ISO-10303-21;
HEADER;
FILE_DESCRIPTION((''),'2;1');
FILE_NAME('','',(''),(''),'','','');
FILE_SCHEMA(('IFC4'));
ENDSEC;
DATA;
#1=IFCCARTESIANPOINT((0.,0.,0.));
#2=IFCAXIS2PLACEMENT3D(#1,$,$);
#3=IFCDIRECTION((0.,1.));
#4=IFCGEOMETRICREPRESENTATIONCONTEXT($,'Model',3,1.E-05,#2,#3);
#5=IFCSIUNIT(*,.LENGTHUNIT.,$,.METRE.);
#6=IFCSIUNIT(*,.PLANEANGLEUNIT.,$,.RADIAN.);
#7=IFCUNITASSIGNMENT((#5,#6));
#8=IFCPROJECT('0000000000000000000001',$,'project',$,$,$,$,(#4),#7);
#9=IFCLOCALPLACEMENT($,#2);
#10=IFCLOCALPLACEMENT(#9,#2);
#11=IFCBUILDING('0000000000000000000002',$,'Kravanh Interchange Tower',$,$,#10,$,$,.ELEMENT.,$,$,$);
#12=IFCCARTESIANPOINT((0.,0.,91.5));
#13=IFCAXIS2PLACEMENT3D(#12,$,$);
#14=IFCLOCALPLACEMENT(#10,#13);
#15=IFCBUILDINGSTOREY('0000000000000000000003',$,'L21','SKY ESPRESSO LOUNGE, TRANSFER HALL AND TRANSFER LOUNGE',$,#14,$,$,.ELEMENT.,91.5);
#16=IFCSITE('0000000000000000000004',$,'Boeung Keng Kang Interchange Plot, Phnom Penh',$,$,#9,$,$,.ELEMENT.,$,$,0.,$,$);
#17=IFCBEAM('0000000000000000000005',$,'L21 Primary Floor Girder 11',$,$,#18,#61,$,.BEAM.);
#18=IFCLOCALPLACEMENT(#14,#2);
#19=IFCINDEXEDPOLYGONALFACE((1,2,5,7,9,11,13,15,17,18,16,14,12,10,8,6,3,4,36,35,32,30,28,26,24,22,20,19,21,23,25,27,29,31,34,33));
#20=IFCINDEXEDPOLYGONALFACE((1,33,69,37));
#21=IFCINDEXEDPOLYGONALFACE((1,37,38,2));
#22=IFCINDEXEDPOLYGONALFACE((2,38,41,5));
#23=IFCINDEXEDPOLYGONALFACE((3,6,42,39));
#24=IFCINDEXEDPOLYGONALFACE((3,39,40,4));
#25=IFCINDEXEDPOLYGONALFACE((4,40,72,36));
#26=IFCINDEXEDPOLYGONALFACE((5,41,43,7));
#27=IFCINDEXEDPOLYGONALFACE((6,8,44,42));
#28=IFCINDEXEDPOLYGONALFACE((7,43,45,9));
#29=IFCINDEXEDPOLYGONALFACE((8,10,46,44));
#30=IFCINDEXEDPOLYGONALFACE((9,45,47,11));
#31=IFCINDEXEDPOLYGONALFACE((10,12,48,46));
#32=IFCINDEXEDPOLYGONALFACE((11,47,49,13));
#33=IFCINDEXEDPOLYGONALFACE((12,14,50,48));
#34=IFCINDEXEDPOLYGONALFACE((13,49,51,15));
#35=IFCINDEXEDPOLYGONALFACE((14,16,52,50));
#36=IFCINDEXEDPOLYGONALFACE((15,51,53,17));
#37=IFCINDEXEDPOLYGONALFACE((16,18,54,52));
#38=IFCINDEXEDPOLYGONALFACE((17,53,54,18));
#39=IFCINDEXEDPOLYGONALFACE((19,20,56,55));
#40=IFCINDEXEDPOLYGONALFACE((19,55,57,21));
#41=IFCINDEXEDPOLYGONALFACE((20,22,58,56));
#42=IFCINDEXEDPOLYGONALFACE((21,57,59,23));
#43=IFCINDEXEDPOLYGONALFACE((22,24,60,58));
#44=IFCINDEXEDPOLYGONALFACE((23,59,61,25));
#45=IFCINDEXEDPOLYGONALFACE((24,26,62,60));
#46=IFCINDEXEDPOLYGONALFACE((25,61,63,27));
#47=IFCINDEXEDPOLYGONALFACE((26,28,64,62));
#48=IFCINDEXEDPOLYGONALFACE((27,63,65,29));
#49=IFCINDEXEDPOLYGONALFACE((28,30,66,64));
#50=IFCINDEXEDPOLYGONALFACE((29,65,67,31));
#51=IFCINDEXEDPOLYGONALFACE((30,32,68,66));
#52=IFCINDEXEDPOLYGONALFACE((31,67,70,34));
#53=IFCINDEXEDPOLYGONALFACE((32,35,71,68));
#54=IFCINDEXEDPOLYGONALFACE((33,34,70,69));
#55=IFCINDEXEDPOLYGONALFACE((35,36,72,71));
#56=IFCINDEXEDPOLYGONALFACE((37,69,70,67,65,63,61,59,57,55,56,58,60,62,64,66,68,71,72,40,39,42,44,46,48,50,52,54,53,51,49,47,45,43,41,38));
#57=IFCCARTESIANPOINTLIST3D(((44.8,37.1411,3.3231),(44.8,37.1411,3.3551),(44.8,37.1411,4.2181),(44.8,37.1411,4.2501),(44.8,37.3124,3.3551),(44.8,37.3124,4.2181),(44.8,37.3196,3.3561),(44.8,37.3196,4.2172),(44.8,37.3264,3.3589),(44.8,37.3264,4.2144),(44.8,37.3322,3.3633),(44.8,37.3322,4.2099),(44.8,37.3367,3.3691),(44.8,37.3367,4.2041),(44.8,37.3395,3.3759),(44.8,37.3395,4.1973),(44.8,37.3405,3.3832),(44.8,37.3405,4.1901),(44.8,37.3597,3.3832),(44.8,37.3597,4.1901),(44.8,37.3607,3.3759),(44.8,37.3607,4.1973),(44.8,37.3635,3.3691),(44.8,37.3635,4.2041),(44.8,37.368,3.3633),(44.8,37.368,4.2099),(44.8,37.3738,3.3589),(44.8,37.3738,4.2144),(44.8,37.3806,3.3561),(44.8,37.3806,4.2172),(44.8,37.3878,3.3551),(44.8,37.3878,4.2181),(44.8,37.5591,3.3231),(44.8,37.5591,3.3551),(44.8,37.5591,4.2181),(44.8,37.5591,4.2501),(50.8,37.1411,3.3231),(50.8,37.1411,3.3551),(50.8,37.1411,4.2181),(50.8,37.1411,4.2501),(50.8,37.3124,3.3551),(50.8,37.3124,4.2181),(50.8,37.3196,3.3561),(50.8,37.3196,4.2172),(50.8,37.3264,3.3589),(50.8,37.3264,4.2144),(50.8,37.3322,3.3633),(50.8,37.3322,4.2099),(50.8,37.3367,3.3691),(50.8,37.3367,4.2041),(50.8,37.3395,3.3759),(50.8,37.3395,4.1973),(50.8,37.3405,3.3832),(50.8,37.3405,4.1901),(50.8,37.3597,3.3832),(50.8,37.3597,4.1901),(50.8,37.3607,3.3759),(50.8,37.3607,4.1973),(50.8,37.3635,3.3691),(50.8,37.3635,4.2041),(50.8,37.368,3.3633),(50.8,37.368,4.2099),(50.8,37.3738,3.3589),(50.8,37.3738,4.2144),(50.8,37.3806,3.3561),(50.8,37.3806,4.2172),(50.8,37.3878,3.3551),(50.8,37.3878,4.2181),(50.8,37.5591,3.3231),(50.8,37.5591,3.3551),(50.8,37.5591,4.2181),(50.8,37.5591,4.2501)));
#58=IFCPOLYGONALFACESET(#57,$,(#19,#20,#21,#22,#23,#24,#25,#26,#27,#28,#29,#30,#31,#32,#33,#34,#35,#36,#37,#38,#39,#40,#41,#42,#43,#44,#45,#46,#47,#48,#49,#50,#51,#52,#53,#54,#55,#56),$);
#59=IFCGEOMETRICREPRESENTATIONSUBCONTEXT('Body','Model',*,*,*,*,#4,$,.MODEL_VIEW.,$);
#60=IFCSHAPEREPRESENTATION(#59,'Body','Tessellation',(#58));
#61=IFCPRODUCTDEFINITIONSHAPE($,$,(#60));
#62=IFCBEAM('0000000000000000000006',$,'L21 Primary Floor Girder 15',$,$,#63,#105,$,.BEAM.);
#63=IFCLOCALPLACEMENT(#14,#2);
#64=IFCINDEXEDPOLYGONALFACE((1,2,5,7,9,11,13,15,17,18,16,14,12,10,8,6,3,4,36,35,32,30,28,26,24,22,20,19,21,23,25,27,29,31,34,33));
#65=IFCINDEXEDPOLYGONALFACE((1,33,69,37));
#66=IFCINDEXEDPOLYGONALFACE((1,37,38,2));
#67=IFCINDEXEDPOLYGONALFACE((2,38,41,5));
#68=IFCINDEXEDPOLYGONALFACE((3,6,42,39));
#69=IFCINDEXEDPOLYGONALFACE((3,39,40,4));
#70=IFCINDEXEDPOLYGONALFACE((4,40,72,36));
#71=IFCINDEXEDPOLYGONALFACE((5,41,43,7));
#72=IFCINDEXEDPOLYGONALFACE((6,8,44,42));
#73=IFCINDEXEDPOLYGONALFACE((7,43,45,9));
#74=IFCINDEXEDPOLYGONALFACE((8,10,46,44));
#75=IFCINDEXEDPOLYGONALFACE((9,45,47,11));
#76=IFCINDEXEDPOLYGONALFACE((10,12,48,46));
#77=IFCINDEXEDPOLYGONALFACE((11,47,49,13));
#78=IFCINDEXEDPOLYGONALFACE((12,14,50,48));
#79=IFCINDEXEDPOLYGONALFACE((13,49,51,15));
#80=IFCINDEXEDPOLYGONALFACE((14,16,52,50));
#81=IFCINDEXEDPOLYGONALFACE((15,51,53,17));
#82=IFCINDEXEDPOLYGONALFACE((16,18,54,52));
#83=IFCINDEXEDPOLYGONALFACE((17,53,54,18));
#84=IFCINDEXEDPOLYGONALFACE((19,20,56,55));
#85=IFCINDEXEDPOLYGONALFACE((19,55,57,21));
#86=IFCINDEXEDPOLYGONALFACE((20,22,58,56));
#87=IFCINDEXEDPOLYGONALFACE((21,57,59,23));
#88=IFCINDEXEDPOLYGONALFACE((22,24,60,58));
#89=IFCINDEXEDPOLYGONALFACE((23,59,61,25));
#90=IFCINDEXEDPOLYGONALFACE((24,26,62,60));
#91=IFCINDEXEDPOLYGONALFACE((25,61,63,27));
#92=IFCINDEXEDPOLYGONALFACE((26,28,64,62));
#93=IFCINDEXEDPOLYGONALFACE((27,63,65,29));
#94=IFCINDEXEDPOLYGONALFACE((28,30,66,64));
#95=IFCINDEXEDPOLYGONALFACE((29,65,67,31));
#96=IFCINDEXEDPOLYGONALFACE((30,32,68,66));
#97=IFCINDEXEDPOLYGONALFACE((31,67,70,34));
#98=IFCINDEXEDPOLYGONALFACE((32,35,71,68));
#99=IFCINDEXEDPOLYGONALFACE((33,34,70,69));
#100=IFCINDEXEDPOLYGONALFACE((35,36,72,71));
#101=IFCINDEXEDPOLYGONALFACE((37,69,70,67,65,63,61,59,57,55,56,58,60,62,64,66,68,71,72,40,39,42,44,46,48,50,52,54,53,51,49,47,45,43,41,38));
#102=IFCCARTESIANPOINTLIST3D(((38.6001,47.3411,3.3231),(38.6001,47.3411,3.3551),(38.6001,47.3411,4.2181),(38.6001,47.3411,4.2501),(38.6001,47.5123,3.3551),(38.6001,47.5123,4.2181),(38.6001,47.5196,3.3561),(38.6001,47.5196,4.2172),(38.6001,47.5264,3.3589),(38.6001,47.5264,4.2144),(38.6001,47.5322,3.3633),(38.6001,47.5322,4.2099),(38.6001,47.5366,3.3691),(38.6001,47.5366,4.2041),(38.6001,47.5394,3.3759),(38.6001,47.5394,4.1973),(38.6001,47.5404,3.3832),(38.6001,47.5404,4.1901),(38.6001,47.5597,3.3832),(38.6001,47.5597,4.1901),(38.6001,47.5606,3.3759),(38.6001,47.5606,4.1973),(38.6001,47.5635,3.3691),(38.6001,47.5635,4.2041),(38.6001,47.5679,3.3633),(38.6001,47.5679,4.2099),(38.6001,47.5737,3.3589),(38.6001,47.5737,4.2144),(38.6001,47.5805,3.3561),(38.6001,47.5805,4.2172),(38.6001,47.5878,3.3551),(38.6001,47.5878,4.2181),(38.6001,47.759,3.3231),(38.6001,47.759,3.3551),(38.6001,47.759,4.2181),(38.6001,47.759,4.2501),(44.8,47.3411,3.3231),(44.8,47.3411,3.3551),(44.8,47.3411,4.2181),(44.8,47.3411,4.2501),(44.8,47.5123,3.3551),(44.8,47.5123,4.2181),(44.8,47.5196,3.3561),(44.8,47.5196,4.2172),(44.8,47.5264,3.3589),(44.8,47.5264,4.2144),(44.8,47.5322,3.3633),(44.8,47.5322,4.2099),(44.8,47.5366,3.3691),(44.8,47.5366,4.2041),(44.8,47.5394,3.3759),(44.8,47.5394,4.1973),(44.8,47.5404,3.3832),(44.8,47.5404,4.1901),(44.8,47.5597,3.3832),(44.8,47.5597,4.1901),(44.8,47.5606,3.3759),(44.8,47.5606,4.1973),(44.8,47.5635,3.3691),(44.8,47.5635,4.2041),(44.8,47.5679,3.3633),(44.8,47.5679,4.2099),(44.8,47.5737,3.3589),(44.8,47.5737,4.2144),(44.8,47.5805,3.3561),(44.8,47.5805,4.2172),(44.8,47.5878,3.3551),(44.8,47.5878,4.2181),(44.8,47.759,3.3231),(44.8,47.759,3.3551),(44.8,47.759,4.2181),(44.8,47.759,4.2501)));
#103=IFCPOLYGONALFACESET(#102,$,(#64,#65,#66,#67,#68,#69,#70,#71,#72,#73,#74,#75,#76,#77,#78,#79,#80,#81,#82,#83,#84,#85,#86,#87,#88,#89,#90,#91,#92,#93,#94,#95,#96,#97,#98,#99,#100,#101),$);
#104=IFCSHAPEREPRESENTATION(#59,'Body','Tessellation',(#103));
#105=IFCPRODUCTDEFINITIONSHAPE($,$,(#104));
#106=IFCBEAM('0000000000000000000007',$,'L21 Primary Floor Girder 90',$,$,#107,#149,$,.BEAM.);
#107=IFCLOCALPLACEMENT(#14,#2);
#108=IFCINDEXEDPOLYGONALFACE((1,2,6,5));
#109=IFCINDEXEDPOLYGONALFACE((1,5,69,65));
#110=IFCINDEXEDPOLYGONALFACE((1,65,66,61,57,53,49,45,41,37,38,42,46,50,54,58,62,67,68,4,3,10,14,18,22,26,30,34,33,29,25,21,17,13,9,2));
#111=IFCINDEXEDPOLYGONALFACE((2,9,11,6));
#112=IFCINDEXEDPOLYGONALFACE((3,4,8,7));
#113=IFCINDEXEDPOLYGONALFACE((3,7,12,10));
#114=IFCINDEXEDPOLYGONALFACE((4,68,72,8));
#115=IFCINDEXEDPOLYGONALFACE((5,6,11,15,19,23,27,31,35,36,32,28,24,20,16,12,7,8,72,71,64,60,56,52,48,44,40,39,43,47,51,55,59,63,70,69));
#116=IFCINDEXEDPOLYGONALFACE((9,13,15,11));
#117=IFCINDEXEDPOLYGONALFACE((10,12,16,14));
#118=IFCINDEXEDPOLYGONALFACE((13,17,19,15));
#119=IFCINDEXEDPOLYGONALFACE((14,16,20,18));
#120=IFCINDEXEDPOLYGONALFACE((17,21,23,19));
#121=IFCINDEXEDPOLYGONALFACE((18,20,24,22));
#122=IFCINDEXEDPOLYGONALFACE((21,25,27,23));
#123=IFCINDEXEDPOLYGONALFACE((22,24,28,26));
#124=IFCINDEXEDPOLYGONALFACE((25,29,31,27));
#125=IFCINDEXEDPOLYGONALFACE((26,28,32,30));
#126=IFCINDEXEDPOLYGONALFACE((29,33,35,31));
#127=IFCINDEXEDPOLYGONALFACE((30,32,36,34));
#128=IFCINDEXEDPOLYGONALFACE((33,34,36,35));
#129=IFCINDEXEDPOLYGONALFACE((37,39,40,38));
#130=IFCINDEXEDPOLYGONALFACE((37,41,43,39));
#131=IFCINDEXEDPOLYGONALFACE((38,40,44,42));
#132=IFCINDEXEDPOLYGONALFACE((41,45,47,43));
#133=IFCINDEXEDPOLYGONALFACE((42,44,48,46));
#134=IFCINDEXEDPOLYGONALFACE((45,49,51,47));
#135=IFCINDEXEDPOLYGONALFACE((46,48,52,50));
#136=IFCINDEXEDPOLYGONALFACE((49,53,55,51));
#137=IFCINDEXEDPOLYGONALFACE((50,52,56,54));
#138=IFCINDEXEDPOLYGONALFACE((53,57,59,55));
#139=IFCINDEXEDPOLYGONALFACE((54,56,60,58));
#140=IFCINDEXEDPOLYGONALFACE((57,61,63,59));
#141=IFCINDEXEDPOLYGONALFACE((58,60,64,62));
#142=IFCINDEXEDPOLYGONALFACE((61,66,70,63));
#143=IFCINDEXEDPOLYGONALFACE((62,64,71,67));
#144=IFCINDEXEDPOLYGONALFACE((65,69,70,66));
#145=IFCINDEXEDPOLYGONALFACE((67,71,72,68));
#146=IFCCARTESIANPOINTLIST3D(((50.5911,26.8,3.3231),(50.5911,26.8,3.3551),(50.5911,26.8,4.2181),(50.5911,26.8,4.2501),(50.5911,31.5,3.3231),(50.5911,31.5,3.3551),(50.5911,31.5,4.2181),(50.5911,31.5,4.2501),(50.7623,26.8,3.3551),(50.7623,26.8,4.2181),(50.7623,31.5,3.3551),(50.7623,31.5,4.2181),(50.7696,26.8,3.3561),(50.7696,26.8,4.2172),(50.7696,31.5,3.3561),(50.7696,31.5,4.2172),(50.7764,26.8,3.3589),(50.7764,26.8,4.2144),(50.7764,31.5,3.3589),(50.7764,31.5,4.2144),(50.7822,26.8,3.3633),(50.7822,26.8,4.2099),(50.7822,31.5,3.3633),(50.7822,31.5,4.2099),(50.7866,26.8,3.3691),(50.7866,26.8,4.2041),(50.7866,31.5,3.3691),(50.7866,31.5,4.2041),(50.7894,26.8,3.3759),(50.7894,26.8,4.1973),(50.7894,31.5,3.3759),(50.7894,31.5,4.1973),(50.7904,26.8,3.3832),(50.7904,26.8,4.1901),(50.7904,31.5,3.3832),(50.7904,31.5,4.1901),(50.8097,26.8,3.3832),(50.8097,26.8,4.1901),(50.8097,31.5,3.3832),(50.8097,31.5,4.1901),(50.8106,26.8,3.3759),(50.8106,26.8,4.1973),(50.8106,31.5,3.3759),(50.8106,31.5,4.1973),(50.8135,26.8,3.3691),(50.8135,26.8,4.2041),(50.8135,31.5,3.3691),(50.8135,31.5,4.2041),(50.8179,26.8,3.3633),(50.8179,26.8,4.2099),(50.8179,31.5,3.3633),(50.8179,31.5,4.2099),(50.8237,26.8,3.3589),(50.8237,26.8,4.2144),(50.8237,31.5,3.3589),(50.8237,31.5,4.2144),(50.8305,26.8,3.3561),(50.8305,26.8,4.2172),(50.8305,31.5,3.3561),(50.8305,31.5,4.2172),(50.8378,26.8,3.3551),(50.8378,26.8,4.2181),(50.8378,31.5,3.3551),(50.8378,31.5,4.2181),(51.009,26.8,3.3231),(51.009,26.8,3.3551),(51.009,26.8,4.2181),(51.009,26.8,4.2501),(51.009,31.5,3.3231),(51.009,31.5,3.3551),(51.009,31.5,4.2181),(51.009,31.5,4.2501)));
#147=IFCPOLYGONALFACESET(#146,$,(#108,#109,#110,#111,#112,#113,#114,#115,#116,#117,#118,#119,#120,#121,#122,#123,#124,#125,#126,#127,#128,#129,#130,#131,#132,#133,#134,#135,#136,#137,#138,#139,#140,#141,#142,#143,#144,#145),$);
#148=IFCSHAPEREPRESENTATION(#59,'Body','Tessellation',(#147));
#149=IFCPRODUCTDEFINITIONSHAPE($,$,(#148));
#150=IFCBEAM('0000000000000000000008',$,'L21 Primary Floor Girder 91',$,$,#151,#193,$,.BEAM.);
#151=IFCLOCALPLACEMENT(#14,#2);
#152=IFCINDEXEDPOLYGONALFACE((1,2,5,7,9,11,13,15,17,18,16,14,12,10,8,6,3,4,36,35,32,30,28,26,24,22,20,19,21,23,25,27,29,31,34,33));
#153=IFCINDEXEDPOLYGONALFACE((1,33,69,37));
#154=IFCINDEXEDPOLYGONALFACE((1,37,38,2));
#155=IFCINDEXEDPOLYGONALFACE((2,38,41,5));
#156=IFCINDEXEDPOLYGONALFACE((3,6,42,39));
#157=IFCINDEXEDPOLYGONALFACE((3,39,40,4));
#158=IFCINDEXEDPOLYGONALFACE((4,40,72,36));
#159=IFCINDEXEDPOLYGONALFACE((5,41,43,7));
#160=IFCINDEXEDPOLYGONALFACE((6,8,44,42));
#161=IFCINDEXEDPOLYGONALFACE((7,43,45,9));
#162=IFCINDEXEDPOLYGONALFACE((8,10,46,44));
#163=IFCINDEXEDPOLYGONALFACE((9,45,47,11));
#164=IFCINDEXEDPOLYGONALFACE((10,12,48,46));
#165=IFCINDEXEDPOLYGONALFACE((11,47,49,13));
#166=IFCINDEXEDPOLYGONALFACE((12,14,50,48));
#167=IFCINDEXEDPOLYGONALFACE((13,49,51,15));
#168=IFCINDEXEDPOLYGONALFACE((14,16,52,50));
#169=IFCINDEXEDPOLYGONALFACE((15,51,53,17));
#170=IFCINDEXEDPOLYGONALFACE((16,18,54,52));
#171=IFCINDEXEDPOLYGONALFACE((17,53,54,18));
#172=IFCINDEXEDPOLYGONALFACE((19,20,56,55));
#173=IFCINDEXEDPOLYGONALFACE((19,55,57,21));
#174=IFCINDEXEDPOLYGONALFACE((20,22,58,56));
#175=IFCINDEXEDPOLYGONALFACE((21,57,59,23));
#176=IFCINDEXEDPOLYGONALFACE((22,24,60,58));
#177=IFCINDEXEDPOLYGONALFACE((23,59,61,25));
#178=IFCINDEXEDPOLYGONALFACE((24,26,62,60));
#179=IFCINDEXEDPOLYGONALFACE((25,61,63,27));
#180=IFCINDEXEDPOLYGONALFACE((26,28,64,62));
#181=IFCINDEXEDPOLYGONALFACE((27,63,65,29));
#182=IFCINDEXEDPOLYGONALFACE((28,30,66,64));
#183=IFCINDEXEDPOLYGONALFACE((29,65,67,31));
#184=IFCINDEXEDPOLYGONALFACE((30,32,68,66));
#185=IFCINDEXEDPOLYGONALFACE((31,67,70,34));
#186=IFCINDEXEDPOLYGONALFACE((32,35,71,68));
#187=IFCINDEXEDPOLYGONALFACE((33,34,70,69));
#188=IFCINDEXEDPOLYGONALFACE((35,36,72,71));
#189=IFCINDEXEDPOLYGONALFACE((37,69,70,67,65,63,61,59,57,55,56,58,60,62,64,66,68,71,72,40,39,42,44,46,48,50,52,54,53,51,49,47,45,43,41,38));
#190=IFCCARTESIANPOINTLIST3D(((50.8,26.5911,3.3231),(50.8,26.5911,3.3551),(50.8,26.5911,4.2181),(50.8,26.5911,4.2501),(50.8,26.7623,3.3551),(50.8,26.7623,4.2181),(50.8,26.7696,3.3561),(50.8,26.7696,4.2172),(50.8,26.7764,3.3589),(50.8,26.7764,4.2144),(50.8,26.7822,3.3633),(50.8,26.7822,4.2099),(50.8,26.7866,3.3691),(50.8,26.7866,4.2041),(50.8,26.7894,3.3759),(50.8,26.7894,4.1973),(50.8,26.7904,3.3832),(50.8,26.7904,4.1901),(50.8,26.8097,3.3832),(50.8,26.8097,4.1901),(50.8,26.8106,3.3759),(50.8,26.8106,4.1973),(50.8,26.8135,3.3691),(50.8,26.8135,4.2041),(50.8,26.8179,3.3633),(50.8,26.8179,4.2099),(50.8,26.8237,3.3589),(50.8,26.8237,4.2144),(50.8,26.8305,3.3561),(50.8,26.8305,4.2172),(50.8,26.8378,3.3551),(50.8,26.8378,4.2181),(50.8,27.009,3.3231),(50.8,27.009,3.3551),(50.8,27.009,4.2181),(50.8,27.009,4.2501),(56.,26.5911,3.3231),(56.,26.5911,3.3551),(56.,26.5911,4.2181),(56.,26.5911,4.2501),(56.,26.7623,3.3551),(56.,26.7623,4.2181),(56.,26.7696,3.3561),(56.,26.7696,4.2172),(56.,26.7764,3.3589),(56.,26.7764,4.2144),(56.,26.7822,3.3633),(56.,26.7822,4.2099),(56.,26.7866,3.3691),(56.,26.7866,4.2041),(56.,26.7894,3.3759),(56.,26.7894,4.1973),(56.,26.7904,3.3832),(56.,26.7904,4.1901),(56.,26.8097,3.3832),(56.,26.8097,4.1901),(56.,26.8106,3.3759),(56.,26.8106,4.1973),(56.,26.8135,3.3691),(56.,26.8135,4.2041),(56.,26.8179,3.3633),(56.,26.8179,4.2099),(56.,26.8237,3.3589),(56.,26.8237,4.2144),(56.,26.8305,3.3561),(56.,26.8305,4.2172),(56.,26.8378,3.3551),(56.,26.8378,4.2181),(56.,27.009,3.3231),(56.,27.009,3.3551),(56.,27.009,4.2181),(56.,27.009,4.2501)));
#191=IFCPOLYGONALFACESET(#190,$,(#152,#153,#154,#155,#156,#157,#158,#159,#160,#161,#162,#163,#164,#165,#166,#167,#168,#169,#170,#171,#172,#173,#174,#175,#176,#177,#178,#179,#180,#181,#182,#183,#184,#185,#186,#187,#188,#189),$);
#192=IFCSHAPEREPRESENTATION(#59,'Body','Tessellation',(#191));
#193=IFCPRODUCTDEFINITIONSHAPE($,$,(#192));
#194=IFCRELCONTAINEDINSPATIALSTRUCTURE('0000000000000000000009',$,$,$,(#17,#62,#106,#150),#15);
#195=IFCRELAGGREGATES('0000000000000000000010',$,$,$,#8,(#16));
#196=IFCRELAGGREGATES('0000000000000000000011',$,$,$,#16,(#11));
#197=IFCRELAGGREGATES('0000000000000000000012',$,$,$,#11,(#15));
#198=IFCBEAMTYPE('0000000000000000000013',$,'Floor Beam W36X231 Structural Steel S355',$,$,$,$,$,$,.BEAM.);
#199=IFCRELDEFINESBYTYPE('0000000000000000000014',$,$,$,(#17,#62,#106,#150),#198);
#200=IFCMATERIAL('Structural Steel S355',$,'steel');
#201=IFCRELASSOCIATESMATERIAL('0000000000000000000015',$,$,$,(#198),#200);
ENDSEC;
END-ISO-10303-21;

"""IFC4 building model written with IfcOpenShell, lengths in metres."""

from ifc_helpers import new_model, si_unit, direction, frame, origin, origin_2d, place, context, subcontext, project, spatial, i_section, extrude, material, material_profile, profile_set, type_object, element, save


model = new_model("IFC4")

# Units and contexts
model_context = context("Model", 3, precision=1e-05, world=origin(), true_north=direction((0.0, 1.0)))
body_context = subcontext(model_context, "Body", "Model", "MODEL_VIEW")
ifc_project = project(units=[si_unit("LENGTHUNIT", "METRE"), si_unit("PLANEANGLEUNIT", "RADIAN")], contexts=[model_context])

# Site, building, storey
site_placement = place(None, origin())
site = spatial("IfcSite", under=ifc_project, at=site_placement, Name="Boeung Keng Kang Interchange Plot, Phnom Penh", CompositionType="ELEMENT", RefElevation=0.0)
building_placement = place(site_placement, origin())
building = spatial("IfcBuilding", under=site, at=building_placement, Name="Kravanh Interchange Tower", CompositionType="ELEMENT")
storey_placement = place(building_placement, frame((0.0, 0.0, 91.5)))
storey = spatial("IfcBuildingStorey", under=building, at=storey_placement, Name="L21", Description="SKY ESPRESSO LOUNGE, TRANSFER HALL AND TRANSFER LOUNGE", CompositionType="ELEMENT", Elevation=91.5)

# Beams
ifc_material_1 = material(Name="Structural Steel S355", Category="steel")
ifc_material_profile_1 = material_profile(ifc_material_1, i_section(OverallWidth=0.418, OverallDepth=0.927, WebThickness=0.0193, FlangeThickness=0.032, FilletRadius=0.0281, at=origin_2d()), Name="W36X231")
ifc_profile_set_1 = profile_set([ifc_material_profile_1], Name="Structural Steel S355")
beam_type_1 = type_object("IfcBeamType", Name="Floor Beam W36X231 Structural Steel S355", PredefinedType="BEAM", material=ifc_profile_set_1)
beam_1_placement = place(storey_placement, frame((50.8, 37.3501, 3.7866), z_axis=(-1.0, 0.0, 0.0), x_axis=(0.0, -1.0, 0.0)))
element("IfcBeam", 1, at=beam_1_placement, inside=storey, type_object=beam_type_1, Name="L21 Primary Floor Girder 11", PredefinedType="BEAM", context=body_context, shape_type="SweptSolid", body=[
    extrude(i_section(OverallWidth=0.418, OverallDepth=0.927, WebThickness=0.0193, FlangeThickness=0.032, FilletRadius=0.0281, at=origin_2d()), origin(), (0.0, 0.0, 1.0), 6.0),
])
beam_2_placement = place(storey_placement, frame((44.8, 47.55, 3.7866), z_axis=(-1.0, 0.0, 0.0), x_axis=(0.0, -1.0, 0.0)))
element("IfcBeam", 2, at=beam_2_placement, inside=storey, type_object=beam_type_1, Name="L21 Primary Floor Girder 15", PredefinedType="BEAM", context=body_context, shape_type="SweptSolid", body=[
    extrude(i_section(OverallWidth=0.418, OverallDepth=0.927, WebThickness=0.0193, FlangeThickness=0.032, FilletRadius=0.0281, at=origin_2d()), origin(), (0.0, 0.0, 1.0), 6.2),
])
beam_3_placement = place(storey_placement, frame((50.8, 26.8, 3.7866), z_axis=(0.0, 1.0, 0.0), x_axis=(-1.0, 0.0, 0.0)))
element("IfcBeam", 3, at=beam_3_placement, inside=storey, type_object=beam_type_1, Name="L21 Primary Floor Girder 90", PredefinedType="BEAM", context=body_context, shape_type="SweptSolid", body=[
    extrude(i_section(OverallWidth=0.418, OverallDepth=0.927, WebThickness=0.0193, FlangeThickness=0.032, FilletRadius=0.0281, at=origin_2d()), origin(), (0.0, 0.0, 1.0), 4.7),
])
beam_4_placement = place(storey_placement, frame((50.8, 26.8, 3.7866), z_axis=(1.0, 0.0, 0.0), x_axis=(0.0, 1.0, 0.0)))
element("IfcBeam", 4, at=beam_4_placement, inside=storey, type_object=beam_type_1, Name="L21 Primary Floor Girder 91", PredefinedType="BEAM", context=body_context, shape_type="SweptSolid", body=[
    extrude(i_section(OverallWidth=0.418, OverallDepth=0.927, WebThickness=0.0193, FlangeThickness=0.032, FilletRadius=0.0281, at=origin_2d()), origin(), (0.0, 0.0, 1.0), 5.2),
])

save(model, "model.ifc")
